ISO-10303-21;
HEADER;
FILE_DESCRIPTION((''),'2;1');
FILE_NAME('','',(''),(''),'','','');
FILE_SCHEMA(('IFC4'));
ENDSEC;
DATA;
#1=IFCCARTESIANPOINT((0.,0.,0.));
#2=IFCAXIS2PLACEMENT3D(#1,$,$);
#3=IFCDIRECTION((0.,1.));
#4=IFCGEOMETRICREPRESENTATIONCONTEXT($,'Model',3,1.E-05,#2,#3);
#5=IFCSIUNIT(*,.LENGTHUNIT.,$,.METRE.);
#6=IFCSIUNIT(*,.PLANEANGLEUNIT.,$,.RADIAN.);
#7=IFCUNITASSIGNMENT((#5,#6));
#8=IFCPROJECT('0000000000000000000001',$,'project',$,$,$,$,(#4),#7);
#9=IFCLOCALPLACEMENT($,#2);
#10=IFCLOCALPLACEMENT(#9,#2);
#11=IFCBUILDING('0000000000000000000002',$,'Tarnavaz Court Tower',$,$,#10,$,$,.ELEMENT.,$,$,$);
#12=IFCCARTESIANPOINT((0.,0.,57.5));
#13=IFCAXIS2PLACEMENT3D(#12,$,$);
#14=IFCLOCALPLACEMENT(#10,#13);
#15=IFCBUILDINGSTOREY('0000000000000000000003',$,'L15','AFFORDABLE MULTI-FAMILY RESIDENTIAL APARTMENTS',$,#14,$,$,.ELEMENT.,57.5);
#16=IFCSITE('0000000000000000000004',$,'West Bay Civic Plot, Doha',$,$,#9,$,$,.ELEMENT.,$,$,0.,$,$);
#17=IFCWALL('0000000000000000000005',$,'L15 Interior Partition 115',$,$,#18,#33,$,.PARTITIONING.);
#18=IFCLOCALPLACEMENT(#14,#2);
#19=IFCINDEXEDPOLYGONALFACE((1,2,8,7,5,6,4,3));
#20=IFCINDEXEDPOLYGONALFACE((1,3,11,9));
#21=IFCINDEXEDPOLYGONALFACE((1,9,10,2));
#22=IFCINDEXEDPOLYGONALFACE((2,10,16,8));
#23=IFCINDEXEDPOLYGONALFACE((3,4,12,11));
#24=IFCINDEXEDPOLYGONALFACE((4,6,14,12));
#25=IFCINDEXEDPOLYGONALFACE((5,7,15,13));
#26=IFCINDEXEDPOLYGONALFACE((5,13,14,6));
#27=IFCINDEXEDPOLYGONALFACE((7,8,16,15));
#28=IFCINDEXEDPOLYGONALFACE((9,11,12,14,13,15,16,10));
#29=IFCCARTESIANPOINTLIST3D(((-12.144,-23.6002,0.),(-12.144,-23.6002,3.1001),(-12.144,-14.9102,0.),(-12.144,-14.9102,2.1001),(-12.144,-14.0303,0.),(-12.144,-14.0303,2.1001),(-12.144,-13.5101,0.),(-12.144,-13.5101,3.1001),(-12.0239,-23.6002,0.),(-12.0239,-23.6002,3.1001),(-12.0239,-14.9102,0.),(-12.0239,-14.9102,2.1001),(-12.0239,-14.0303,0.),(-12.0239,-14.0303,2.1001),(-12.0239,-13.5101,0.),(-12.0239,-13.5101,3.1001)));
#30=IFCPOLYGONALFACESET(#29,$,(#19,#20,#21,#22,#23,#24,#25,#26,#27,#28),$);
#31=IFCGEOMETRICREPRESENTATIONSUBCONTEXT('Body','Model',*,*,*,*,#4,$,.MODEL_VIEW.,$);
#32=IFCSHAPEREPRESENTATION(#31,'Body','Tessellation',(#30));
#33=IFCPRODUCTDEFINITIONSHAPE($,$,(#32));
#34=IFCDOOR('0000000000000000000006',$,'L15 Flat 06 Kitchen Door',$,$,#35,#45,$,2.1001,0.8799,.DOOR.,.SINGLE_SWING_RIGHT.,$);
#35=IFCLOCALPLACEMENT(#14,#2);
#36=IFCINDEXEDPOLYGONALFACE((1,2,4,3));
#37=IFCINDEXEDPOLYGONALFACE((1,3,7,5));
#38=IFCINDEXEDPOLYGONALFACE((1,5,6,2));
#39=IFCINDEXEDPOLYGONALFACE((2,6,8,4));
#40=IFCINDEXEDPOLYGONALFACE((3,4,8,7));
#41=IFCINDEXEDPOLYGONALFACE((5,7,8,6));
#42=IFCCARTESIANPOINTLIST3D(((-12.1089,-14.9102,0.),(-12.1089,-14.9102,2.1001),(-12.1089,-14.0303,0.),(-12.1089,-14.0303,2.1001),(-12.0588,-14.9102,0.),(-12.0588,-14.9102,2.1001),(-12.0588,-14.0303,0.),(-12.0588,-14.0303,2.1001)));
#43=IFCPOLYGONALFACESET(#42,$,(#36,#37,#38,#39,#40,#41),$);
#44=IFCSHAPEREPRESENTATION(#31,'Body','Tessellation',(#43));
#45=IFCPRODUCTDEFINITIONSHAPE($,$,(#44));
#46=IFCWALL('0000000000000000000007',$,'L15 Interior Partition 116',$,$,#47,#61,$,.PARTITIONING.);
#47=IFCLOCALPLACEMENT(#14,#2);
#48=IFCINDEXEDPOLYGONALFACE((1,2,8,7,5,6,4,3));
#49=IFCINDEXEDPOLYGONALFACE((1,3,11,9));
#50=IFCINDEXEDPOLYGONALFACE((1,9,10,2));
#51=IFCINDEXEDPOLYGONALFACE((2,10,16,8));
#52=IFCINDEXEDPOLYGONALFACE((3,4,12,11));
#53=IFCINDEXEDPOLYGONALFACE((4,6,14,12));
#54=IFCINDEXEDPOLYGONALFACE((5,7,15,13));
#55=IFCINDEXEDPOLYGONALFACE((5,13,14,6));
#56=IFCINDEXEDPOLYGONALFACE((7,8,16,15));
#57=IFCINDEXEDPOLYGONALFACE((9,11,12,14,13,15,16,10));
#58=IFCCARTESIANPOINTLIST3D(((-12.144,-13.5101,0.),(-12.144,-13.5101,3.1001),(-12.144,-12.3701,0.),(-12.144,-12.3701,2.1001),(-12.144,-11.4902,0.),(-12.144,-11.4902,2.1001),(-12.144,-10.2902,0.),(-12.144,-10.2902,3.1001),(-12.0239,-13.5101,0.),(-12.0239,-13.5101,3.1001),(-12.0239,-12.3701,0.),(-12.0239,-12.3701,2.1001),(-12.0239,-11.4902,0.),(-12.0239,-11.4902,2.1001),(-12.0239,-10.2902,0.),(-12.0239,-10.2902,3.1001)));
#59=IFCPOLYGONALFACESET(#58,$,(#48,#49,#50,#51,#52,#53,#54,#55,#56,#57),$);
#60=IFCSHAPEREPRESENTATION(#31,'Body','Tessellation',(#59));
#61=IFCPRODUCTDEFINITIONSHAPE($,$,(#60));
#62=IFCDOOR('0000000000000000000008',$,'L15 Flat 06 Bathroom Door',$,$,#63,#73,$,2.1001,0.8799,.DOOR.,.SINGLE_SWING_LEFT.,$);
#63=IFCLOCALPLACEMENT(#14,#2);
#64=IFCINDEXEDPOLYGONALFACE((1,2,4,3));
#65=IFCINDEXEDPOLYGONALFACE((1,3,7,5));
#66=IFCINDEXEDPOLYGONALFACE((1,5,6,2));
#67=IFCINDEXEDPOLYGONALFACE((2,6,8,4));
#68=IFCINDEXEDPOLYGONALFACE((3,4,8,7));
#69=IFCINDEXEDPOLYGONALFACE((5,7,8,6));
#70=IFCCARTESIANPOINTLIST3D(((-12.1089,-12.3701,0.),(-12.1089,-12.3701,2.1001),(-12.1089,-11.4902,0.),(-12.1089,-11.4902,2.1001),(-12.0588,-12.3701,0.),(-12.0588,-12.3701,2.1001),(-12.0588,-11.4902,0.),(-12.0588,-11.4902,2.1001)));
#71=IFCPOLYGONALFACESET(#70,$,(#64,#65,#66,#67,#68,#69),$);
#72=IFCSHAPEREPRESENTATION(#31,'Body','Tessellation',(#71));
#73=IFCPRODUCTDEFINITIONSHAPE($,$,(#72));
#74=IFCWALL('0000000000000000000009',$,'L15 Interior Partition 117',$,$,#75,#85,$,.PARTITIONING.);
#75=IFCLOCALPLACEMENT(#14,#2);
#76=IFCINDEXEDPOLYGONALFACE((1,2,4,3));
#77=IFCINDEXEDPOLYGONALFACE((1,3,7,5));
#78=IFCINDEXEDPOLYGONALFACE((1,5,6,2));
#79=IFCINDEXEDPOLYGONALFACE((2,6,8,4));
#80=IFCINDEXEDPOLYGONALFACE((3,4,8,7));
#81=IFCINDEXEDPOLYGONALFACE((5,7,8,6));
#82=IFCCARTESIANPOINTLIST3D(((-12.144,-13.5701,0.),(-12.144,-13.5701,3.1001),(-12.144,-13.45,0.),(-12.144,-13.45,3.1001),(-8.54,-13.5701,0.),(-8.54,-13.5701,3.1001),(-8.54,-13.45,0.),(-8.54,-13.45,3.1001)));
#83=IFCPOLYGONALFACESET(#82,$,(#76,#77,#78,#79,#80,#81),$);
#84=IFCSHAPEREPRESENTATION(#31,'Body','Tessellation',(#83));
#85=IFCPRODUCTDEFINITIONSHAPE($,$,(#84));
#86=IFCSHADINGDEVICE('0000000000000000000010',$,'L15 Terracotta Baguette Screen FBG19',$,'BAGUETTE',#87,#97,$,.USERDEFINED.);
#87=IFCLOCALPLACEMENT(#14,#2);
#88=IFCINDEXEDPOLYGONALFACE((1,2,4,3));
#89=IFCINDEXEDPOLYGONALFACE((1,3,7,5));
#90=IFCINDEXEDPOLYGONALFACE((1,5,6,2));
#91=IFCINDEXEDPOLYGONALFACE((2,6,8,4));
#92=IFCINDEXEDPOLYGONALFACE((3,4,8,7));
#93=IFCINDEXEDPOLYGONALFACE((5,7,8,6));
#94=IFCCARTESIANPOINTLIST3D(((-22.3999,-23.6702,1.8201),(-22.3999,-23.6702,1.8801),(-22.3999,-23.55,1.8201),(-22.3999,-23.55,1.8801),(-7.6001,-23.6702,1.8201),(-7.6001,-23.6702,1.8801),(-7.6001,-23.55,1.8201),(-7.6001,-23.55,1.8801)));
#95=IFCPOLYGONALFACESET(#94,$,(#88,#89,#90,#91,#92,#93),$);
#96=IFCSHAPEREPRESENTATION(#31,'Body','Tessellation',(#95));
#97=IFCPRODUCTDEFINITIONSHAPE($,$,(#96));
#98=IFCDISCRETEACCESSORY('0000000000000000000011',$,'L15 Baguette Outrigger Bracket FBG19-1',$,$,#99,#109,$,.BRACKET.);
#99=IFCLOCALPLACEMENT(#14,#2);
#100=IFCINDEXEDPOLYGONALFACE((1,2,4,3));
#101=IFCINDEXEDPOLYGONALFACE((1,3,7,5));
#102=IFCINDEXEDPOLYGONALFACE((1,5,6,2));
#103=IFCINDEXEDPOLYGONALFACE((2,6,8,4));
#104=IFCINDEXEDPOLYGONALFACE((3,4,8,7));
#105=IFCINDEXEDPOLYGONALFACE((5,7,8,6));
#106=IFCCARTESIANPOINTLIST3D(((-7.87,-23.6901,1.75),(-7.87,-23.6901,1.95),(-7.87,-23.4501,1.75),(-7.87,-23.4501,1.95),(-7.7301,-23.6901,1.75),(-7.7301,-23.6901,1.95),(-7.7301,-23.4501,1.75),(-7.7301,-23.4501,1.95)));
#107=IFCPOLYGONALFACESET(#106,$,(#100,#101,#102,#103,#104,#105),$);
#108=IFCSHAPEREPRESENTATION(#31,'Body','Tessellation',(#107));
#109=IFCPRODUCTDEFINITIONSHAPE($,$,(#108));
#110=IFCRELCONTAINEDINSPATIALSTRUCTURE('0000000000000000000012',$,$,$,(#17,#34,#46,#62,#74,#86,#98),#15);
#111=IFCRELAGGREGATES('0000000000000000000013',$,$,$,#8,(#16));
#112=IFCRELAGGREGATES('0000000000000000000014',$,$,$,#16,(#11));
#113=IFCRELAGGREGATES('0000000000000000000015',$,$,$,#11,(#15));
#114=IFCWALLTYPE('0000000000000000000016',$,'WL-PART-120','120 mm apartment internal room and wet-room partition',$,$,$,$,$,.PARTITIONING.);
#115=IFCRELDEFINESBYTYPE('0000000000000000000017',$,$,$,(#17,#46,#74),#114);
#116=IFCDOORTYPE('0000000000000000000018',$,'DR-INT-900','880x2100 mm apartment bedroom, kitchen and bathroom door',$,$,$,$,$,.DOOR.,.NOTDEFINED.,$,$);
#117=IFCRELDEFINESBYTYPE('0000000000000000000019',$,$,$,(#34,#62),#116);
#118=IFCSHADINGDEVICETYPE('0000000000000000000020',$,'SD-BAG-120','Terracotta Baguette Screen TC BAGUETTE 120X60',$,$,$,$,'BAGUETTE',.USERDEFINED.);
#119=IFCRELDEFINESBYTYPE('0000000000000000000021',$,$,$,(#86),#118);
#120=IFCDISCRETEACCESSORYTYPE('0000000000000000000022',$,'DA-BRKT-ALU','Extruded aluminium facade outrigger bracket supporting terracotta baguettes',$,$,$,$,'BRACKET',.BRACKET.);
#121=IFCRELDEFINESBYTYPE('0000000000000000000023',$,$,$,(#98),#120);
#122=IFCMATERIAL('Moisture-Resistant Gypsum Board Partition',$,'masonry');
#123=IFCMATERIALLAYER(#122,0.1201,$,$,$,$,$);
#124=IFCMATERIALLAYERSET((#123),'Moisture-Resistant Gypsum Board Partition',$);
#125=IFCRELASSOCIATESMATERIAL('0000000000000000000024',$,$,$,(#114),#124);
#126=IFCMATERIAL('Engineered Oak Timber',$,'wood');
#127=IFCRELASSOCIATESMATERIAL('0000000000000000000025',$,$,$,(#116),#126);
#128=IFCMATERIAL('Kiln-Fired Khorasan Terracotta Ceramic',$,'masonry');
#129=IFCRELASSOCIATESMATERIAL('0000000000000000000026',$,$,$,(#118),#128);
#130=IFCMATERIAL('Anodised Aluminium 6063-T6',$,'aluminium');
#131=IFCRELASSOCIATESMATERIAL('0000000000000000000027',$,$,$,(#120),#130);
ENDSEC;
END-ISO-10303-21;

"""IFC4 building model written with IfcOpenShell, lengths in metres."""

from ifc_helpers import new_model, si_unit, direction, frame, frame_2d, origin, origin_2d, place, context, subcontext, project, spatial, rectangle, extrude, material, layer, layer_set, material_profile, profile_set, type_object, element, fill, save


model = new_model("IFC4")

# Units and contexts
model_context = context("Model", 3, precision=1e-05, world=origin(), true_north=direction((0.0, 1.0)))
body_context = subcontext(model_context, "Body", "Model", "MODEL_VIEW")
ifc_project = project(units=[si_unit("LENGTHUNIT", "METRE"), si_unit("PLANEANGLEUNIT", "RADIAN")], contexts=[model_context])

# Site, building, storey
site_placement = place(None, origin())
site = spatial("IfcSite", under=ifc_project, at=site_placement, Name="West Bay Civic Plot, Doha", CompositionType="ELEMENT", RefElevation=0.0)
building_placement = place(site_placement, origin())
building = spatial("IfcBuilding", under=site, at=building_placement, Name="Tarnavaz Court Tower", CompositionType="ELEMENT")
storey_placement = place(building_placement, frame((0.0, 0.0, 57.5)))
storey = spatial("IfcBuildingStorey", under=building, at=storey_placement, Name="L15", Description="AFFORDABLE MULTI-FAMILY RESIDENTIAL APARTMENTS", CompositionType="ELEMENT", Elevation=57.5)

# Walls, openings, doors
ifc_material_1 = material(Name="Moisture-Resistant Gypsum Board Partition", Category="masonry")
ifc_layer_1 = layer(ifc_material_1, 0.1201)
ifc_layer_set_1 = layer_set([ifc_layer_1], Name="Moisture-Resistant Gypsum Board Partition")
wall_type_1 = type_object("IfcWallType", Name="WL-PART-120", Description="120 mm apartment internal room and wet-room partition", PredefinedType="PARTITIONING", material=ifc_layer_set_1)
wall_1_placement = place(storey_placement, frame((-12.084, -23.6001, 0.0), z_axis=(0.0, 0.0, 1.0), x_axis=(0.0, 1.0, 0.0)))
wall_1 = element("IfcWall", 1, at=wall_1_placement, inside=storey, type_object=wall_type_1, Name="L15 Interior Partition 115", PredefinedType="PARTITIONING", context=body_context, shape_type="SweptSolid", body=[
    extrude(rectangle(XDim=10.0901, YDim=0.1201, at=frame_2d((5.0449, 0.0))), origin(), (0.0, 0.0, 1.0), 3.1001),
])
opening_1_placement = place(wall_1_placement, frame((8.6899, 0.0, 0.0)))
opening_1 = element("IfcOpeningElement", 2, at=opening_1_placement, cuts=wall_1, PredefinedType="OPENING", context=body_context, shape_type="SweptSolid", body=[
    extrude(rectangle(XDim=0.8799, YDim=2.1001, at=frame_2d((0.4399, 1.05))), frame((0.0, 0.0701, 0.0), z_axis=(0.0, -1.0, 0.0), x_axis=(1.0, 0.0, 0.0)), (0.0, 0.0, 1.0), 0.1401),
])
ifc_material_2 = material(Name="Engineered Oak Timber", Category="wood")
door_type = type_object("IfcDoorType", Name="DR-INT-900", Description="880x2100 mm apartment bedroom, kitchen and bathroom door", OperationType="NOTDEFINED", PredefinedType="DOOR", material=ifc_material_2)
door_1_placement = place(opening_1_placement, origin())
door_1 = element("IfcDoor", 3, at=door_1_placement, inside=storey, type_object=door_type, Name="L15 Flat 06 Kitchen Door", OperationType="SINGLE_SWING_RIGHT", OverallHeight=2.1001, OverallWidth=0.8799, PredefinedType="DOOR", context=body_context, shape_type="SweptSolid", body=[
    extrude(rectangle(XDim=0.8799, YDim=2.1001, at=frame_2d((0.4399, 1.05))), frame((0.0, 0.0249, 0.0), z_axis=(0.0, -1.0, 0.0), x_axis=(1.0, 0.0, 0.0)), (0.0, 0.0, 1.0), 0.05),
])
fill(opening_1, door_1)
wall_2_placement = place(storey_placement, frame((-12.084, -13.51, 0.0), z_axis=(0.0, 0.0, 1.0), x_axis=(0.0, 1.0, 0.0)))
wall_2 = element("IfcWall", 4, at=wall_2_placement, inside=storey, type_object=wall_type_1, Name="L15 Interior Partition 116", PredefinedType="PARTITIONING", context=body_context, shape_type="SweptSolid", body=[
    extrude(rectangle(XDim=3.22, YDim=0.1201, at=frame_2d((1.6099, 0.0))), origin(), (0.0, 0.0, 1.0), 3.1001),
])
opening_2_placement = place(wall_2_placement, frame((1.1399, 0.0, 0.0)))
opening_2 = element("IfcOpeningElement", 5, at=opening_2_placement, cuts=wall_2, PredefinedType="OPENING", context=body_context, shape_type="SweptSolid", body=[
    extrude(rectangle(XDim=0.8799, YDim=2.1001, at=frame_2d((0.4399, 1.05))), frame((0.0, 0.0701, 0.0), z_axis=(0.0, -1.0, 0.0), x_axis=(1.0, 0.0, 0.0)), (0.0, 0.0, 1.0), 0.1401),
])
door_2_placement = place(opening_2_placement, origin())
door_2 = element("IfcDoor", 6, at=door_2_placement, inside=storey, type_object=door_type, Name="L15 Flat 06 Bathroom Door", OperationType="SINGLE_SWING_LEFT", OverallHeight=2.1001, OverallWidth=0.8799, PredefinedType="DOOR", context=body_context, shape_type="SweptSolid", body=[
    extrude(rectangle(XDim=0.8799, YDim=2.1001, at=frame_2d((0.4399, 1.05))), frame((0.0, 0.0249, 0.0), z_axis=(0.0, -1.0, 0.0), x_axis=(1.0, 0.0, 0.0)), (0.0, 0.0, 1.0), 0.05),
])
fill(opening_2, door_2)

# Wall
wall_3_placement = place(storey_placement, frame((-12.144, -13.51, 0.0), z_axis=(0.0, 0.0, 1.0), x_axis=(1.0, 0.0, 0.0)))
element("IfcWall", 7, at=wall_3_placement, inside=storey, type_object=wall_type_1, Name="L15 Interior Partition 117", PredefinedType="PARTITIONING", context=body_context, shape_type="SweptSolid", body=[
    extrude(rectangle(XDim=3.604, YDim=0.1201, at=frame_2d((1.802, 0.0))), origin(), (0.0, 0.0, 1.0), 3.1001),
])

# Shading device
ifc_material_3 = material(Name="Kiln-Fired Khorasan Terracotta Ceramic", Category="masonry")
ifc_material_profile_1 = material_profile(ifc_material_3, rectangle(XDim=0.1201, YDim=0.0601, at=origin_2d()), Name="TC BAGUETTE 120X60")
ifc_profile_set_1 = profile_set([ifc_material_profile_1], Name="Kiln-Fired Khorasan Terracotta Ceramic")
shading_device_type = type_object("IfcShadingDeviceType", Name="SD-BAG-120", Description="Terracotta Baguette Screen TC BAGUETTE 120X60", ElementType="BAGUETTE", PredefinedType="USERDEFINED", material=ifc_profile_set_1)
shading_device_placement = place(storey_placement, frame((-7.6001, -23.6101, 1.8501), z_axis=(-1.0, 0.0, 0.0), x_axis=(0.0, -1.0, 0.0)))
element("IfcShadingDevice", 8, at=shading_device_placement, inside=storey, type_object=shading_device_type, Name="L15 Terracotta Baguette Screen FBG19", ObjectType="BAGUETTE", PredefinedType="USERDEFINED", context=body_context, shape_type="SweptSolid", body=[
    extrude(rectangle(XDim=0.1201, YDim=0.0601, at=origin_2d()), origin(), (0.0, 0.0, 1.0), 14.7998),
])

# Discrete accessory
ifc_material_4 = material(Name="Anodised Aluminium 6063-T6", Category="aluminium")
discrete_accessory_type = type_object("IfcDiscreteAccessoryType", Name="DA-BRKT-ALU", Description="Extruded aluminium facade outrigger bracket supporting terracotta baguettes", ElementType="BRACKET", PredefinedType="BRACKET", material=ifc_material_4)
discrete_accessory_placement = place(storey_placement, frame((-7.8, -23.5701, 1.75), z_axis=(0.0, 0.0, 1.0), x_axis=(-1.0, 0.0, 0.0)))
element("IfcDiscreteAccessory", 9, at=discrete_accessory_placement, inside=storey, type_object=discrete_accessory_type, Name="L15 Baguette Outrigger Bracket FBG19-1", PredefinedType="BRACKET", context=body_context, shape_type="SweptSolid", body=[
    extrude(rectangle(XDim=0.1399, YDim=0.24, at=origin_2d()), origin(), (0.0, 0.0, 1.0), 0.2),
])

save(model, "model.ifc")
